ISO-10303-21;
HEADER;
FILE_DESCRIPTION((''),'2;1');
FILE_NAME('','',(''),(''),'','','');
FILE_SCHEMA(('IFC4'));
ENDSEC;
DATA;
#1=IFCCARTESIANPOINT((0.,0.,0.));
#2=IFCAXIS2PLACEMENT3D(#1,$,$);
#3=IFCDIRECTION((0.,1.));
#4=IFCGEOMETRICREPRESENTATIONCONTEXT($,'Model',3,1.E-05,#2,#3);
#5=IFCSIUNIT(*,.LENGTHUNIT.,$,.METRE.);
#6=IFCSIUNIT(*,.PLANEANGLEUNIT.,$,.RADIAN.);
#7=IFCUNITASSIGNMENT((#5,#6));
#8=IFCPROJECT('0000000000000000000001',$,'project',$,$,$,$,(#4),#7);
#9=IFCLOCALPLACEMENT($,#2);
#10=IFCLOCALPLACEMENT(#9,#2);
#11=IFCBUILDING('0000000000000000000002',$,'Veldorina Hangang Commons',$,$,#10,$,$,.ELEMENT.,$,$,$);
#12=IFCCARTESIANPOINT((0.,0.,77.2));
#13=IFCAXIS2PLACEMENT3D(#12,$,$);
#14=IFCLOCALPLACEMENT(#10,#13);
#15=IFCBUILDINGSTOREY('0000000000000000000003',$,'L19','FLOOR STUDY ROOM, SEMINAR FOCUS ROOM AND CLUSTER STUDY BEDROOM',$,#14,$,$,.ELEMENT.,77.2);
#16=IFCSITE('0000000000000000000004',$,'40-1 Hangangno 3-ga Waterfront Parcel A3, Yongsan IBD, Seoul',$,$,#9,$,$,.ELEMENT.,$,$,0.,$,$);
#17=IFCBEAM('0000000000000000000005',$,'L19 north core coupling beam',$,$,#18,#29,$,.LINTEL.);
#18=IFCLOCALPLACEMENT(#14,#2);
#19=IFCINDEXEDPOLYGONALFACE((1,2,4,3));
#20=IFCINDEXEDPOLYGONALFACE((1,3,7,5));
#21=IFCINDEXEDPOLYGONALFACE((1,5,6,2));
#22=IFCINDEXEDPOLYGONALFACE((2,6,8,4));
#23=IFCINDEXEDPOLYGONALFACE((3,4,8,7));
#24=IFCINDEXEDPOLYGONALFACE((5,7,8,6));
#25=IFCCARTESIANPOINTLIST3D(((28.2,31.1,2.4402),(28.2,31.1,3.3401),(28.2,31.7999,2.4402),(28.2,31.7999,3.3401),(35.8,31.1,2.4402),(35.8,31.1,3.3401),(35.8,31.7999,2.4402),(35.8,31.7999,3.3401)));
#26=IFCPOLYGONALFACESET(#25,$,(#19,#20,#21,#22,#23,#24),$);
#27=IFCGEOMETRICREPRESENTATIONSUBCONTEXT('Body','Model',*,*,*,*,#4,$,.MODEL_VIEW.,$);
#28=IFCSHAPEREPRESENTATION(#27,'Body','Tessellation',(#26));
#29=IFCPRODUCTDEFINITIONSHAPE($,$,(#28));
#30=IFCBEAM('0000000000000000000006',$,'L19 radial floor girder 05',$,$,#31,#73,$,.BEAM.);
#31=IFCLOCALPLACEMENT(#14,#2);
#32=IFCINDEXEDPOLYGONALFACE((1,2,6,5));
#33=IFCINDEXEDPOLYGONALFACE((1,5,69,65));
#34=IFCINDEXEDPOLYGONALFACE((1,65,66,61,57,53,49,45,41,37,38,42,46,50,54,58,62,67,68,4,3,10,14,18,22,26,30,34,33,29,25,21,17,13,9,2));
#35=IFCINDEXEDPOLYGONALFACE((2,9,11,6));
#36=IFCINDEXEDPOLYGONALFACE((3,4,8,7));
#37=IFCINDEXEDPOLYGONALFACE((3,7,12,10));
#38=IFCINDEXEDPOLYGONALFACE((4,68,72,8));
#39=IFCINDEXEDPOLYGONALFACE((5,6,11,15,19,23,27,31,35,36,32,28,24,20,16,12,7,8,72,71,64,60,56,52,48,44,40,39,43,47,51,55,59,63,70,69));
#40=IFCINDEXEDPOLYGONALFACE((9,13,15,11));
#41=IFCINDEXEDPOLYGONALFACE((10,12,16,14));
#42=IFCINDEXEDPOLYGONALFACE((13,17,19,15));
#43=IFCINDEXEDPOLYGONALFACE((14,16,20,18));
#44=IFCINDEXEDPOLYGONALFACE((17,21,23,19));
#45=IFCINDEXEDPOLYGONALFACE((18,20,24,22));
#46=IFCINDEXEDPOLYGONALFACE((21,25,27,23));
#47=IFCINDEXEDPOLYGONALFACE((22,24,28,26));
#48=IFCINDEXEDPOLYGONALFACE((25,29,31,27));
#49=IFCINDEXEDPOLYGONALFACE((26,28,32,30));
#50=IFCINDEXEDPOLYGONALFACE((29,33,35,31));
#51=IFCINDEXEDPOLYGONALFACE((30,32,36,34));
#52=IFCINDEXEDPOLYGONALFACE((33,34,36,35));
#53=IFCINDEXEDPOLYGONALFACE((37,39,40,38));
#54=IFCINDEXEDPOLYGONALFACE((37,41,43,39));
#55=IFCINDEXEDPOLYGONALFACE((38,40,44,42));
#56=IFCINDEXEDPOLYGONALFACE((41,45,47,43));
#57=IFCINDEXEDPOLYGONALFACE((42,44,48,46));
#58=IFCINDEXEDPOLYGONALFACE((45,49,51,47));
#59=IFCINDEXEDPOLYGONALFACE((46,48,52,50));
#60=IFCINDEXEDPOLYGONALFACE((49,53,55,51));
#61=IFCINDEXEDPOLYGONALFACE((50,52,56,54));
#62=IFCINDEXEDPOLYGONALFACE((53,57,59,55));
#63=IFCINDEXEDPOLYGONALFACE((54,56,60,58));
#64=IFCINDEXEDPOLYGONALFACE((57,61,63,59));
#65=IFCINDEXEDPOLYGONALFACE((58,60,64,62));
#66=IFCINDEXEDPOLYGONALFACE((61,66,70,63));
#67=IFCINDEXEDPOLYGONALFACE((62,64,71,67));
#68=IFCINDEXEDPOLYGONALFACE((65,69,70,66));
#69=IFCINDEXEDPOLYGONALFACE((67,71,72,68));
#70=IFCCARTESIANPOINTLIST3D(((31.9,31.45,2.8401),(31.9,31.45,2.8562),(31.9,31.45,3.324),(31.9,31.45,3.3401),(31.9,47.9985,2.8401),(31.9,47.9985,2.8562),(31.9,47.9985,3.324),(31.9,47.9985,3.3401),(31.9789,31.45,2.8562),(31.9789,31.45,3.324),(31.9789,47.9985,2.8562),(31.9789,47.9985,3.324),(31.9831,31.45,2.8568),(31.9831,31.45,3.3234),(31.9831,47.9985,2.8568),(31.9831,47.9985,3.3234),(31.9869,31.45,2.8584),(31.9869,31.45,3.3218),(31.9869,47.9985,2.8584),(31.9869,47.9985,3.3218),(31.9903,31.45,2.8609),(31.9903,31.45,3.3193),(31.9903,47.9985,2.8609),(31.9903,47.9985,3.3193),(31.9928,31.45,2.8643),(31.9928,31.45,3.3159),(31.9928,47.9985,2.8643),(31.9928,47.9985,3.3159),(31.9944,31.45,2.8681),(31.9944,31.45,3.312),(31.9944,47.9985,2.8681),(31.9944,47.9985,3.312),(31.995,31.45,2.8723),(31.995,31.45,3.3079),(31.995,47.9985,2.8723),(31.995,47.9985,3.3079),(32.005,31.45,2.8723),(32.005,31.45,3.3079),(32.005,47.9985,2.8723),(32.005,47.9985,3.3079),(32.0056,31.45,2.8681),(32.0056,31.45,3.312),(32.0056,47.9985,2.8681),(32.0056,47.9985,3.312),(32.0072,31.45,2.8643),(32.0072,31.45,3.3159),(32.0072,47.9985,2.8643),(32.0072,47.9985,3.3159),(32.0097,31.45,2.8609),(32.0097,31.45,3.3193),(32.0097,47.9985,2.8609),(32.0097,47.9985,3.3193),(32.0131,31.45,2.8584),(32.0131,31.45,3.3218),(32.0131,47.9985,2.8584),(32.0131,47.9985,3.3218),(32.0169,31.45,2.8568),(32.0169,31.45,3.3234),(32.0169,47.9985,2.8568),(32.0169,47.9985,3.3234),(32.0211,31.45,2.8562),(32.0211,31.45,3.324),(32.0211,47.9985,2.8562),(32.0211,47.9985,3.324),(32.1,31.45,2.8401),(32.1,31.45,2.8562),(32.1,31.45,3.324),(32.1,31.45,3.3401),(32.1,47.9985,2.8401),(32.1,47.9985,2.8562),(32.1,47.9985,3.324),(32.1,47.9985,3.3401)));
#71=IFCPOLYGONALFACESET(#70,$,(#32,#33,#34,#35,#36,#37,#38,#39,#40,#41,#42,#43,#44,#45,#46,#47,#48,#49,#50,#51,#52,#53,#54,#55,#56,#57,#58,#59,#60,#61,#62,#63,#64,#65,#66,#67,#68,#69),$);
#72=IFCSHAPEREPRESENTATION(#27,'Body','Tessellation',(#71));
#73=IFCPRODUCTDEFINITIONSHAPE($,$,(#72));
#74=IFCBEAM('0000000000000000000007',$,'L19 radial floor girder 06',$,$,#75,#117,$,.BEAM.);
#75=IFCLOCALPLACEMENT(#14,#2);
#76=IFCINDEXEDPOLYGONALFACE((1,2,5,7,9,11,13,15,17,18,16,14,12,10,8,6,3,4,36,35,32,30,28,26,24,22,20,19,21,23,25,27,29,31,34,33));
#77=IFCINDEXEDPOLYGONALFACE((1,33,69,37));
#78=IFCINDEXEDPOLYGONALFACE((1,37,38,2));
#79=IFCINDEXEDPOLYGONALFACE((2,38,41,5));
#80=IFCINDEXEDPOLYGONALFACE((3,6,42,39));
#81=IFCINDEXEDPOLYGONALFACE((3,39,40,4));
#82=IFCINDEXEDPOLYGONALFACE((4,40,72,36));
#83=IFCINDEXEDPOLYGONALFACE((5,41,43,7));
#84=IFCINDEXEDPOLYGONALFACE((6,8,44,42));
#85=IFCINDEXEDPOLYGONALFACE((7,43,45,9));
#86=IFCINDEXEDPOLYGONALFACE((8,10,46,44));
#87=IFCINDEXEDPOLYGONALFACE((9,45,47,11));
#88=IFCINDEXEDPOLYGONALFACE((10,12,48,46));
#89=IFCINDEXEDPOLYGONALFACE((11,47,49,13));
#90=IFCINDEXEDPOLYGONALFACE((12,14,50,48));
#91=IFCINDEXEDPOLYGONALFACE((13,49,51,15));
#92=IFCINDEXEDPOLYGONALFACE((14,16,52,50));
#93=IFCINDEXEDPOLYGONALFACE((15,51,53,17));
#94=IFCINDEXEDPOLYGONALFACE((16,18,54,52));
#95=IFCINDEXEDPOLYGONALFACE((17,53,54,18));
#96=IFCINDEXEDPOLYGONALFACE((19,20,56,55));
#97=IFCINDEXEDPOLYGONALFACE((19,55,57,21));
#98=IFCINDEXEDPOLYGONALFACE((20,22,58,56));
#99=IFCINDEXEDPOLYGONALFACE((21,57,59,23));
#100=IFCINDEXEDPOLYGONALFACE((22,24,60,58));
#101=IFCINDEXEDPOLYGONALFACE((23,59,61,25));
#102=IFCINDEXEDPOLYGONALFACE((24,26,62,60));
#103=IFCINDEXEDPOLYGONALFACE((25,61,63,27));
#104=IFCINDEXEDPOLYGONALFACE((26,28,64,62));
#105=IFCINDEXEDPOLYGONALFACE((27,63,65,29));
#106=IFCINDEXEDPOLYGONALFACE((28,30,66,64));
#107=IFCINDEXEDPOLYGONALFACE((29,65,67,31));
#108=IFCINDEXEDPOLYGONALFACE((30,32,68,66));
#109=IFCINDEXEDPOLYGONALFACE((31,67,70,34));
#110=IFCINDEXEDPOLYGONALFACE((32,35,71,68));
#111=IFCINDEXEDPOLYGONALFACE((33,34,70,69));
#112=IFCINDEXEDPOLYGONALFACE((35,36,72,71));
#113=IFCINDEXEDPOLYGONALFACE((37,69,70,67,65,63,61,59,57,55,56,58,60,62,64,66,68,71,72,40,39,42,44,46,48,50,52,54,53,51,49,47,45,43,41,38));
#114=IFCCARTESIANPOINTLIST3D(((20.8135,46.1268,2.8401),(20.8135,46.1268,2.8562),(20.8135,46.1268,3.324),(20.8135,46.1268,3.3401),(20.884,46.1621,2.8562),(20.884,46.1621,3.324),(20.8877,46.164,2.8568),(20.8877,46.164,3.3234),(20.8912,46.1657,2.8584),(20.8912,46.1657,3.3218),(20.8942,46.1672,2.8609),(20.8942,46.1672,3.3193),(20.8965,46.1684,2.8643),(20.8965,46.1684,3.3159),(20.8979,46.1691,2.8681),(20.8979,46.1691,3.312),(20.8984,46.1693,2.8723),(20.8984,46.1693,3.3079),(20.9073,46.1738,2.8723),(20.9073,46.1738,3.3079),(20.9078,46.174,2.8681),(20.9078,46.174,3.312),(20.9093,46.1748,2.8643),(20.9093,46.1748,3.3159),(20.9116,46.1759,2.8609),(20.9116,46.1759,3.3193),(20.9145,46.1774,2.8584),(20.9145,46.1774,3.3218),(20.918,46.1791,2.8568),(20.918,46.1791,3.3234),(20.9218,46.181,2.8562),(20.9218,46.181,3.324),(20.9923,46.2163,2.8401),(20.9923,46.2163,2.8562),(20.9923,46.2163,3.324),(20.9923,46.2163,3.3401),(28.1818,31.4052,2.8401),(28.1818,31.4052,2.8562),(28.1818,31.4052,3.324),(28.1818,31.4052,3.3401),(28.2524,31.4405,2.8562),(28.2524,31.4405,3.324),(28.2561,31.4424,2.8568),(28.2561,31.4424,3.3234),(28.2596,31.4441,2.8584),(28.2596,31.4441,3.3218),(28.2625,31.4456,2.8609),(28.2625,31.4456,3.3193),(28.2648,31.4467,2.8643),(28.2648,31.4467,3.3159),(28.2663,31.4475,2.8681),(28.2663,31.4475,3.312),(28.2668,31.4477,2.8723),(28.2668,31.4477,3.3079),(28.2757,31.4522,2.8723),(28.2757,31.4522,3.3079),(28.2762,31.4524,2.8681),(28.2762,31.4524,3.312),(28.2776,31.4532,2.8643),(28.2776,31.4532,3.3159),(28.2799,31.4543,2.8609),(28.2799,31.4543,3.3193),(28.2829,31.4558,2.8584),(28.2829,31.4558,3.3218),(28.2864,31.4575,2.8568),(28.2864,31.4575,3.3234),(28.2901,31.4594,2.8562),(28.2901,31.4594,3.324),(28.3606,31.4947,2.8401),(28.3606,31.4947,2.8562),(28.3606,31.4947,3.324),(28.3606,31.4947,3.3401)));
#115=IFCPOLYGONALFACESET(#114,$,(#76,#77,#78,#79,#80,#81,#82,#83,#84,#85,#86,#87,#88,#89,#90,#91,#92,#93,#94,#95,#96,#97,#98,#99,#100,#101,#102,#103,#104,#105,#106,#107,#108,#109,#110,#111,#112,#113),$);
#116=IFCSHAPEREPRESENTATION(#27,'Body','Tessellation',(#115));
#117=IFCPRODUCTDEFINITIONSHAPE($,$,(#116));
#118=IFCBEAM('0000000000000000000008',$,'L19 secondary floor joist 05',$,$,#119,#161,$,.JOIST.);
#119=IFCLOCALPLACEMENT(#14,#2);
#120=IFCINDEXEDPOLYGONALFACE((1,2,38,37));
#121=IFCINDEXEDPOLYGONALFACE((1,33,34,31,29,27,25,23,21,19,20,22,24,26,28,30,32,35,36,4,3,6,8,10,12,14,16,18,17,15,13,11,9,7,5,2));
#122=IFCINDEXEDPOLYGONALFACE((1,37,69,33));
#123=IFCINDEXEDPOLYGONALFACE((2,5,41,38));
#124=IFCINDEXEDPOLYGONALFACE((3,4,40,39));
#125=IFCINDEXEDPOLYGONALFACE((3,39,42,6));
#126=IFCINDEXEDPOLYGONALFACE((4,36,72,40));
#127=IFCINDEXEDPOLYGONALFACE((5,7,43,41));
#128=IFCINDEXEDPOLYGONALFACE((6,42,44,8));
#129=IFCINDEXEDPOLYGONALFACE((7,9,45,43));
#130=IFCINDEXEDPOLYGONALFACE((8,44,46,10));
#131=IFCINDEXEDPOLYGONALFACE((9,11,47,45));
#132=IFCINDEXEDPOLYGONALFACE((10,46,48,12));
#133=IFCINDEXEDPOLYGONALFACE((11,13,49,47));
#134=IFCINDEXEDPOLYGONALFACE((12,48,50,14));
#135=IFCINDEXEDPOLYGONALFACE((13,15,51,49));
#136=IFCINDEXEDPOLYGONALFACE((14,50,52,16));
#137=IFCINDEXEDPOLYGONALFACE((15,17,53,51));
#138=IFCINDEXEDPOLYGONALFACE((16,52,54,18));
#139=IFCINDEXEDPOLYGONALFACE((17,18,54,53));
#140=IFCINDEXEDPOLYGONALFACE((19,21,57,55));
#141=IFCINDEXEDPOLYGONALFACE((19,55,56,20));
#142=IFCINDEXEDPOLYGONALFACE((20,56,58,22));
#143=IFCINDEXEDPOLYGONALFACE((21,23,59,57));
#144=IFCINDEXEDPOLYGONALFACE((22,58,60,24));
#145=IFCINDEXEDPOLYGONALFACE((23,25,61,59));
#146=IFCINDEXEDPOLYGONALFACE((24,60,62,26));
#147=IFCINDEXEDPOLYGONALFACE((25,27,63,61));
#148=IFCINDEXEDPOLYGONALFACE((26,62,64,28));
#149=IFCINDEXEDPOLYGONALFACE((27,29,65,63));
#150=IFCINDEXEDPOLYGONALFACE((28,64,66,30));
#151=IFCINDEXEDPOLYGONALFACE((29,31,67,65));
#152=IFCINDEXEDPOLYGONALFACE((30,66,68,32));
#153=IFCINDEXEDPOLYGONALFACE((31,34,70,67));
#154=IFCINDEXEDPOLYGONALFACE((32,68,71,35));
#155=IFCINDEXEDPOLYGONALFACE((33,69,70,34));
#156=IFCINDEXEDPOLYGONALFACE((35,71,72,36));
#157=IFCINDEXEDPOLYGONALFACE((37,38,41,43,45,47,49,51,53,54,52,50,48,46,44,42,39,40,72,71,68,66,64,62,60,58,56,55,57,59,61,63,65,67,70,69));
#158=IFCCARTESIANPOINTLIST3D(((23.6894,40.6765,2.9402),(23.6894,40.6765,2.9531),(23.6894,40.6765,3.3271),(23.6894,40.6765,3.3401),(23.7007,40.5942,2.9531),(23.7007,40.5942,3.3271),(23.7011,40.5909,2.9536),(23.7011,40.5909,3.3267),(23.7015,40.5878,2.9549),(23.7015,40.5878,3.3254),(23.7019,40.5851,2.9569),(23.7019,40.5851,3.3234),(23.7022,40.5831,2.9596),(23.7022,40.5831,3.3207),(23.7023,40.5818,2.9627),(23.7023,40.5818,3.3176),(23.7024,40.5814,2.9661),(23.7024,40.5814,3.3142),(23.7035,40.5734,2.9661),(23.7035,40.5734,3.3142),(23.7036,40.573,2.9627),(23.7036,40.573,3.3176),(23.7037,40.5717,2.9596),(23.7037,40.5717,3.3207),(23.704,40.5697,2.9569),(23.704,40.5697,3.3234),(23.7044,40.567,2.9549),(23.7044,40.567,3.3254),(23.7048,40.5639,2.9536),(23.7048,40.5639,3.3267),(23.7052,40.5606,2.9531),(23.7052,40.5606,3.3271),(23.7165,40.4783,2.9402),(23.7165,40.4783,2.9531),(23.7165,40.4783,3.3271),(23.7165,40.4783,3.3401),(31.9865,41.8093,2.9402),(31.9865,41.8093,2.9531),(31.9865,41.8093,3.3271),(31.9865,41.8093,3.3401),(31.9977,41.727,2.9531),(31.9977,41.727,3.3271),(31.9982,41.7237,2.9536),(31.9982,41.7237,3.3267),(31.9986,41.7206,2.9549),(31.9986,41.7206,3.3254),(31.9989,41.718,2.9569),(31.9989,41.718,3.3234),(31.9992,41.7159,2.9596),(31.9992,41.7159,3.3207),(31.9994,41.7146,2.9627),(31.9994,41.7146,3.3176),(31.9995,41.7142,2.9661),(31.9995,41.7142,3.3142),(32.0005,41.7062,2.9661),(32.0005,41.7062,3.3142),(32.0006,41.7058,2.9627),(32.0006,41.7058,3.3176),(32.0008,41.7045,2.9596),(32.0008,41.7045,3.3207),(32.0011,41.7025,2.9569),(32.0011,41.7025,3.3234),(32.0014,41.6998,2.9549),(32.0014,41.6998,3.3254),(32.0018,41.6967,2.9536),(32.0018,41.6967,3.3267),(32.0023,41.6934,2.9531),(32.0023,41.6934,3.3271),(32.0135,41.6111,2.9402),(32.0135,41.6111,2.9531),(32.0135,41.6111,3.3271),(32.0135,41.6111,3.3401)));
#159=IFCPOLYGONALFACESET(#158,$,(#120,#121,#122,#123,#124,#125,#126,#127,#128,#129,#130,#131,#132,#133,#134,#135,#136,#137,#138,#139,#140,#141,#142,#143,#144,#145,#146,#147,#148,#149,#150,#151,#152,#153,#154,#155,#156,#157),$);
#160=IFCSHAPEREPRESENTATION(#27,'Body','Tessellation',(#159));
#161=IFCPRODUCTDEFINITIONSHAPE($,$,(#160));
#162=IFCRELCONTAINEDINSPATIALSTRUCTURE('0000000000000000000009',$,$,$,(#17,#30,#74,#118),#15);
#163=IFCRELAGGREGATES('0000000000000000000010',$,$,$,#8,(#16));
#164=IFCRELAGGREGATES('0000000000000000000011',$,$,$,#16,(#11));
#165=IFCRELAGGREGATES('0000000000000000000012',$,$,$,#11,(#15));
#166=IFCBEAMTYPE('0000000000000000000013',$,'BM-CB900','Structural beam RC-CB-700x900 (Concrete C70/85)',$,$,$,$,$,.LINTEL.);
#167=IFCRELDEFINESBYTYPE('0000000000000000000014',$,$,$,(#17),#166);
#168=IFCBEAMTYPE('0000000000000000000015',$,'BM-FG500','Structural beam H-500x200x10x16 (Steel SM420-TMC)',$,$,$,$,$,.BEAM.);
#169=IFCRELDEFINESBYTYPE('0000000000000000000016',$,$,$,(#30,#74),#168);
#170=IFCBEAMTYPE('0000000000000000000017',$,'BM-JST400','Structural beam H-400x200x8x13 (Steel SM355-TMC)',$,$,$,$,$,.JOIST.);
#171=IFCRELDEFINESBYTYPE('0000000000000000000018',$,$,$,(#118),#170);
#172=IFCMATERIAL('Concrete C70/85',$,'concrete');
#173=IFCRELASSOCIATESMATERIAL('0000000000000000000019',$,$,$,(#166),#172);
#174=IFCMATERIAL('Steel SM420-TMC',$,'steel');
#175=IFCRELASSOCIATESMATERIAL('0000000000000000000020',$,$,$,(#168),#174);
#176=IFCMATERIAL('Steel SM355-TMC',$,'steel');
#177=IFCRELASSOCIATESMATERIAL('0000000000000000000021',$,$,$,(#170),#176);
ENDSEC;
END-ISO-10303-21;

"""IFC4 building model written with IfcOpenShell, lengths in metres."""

from ifc_helpers import new_model, si_unit, direction, frame, origin, origin_2d, place, context, subcontext, project, spatial, rectangle, i_section, extrude, material, material_profile, profile_set, type_object, element, save


model = new_model("IFC4")

# Units and contexts
model_context = context("Model", 3, precision=1e-05, world=origin(), true_north=direction((0.0, 1.0)))
body_context = subcontext(model_context, "Body", "Model", "MODEL_VIEW")
ifc_project = project(units=[si_unit("LENGTHUNIT", "METRE"), si_unit("PLANEANGLEUNIT", "RADIAN")], contexts=[model_context])

# Site, building, storey
site_placement = place(None, origin())
site = spatial("IfcSite", under=ifc_project, at=site_placement, Name="40-1 Hangangno 3-ga Waterfront Parcel A3, Yongsan IBD, Seoul", CompositionType="ELEMENT", RefElevation=0.0)
building_placement = place(site_placement, origin())
building = spatial("IfcBuilding", under=site, at=building_placement, Name="Veldorina Hangang Commons", CompositionType="ELEMENT")
storey_placement = place(building_placement, frame((0.0, 0.0, 77.2)))
storey = spatial("IfcBuildingStorey", under=building, at=storey_placement, Name="L19", Description="FLOOR STUDY ROOM, SEMINAR FOCUS ROOM AND CLUSTER STUDY BEDROOM", CompositionType="ELEMENT", Elevation=77.2)

# Beams
ifc_material_1 = material(Name="Concrete C70/85", Category="concrete")
ifc_material_profile_1 = material_profile(ifc_material_1, rectangle(XDim=0.7, YDim=0.8999, at=origin_2d()), Name="RC-CB-700x900")
ifc_profile_set_1 = profile_set([ifc_material_profile_1], Name="Concrete C70/85")
beam_type_1 = type_object("IfcBeamType", Name="BM-CB900", Description="Structural beam RC-CB-700x900 (Concrete C70/85)", PredefinedType="LINTEL", material=ifc_profile_set_1)
beam_1_placement = place(storey_placement, frame((28.2, 31.45, 2.8901), z_axis=(1.0, 0.0, 0.0), x_axis=(0.0, 1.0, 0.0)))
element("IfcBeam", 1, at=beam_1_placement, inside=storey, type_object=beam_type_1, Name="L19 north core coupling beam", PredefinedType="LINTEL", context=body_context, shape_type="SweptSolid", body=[
    extrude(rectangle(XDim=0.7, YDim=0.8999, at=origin_2d()), origin(), (0.0, 0.0, 1.0), 7.6001),
])
ifc_material_2 = material(Name="Steel SM420-TMC", Category="steel")
ifc_material_profile_2 = material_profile(ifc_material_2, i_section(OverallWidth=0.2, OverallDepth=0.5, WebThickness=0.01, FlangeThickness=0.0161, FilletRadius=0.0161, at=origin_2d()), Name="H-500x200x10x16")
ifc_profile_set_2 = profile_set([ifc_material_profile_2], Name="Steel SM420-TMC")
beam_type_2 = type_object("IfcBeamType", Name="BM-FG500", Description="Structural beam H-500x200x10x16 (Steel SM420-TMC)", PredefinedType="BEAM", material=ifc_profile_set_2)
beam_2_placement = place(storey_placement, frame((32.0, 31.45, 3.0901), z_axis=(0.0, 1.0, 0.0), x_axis=(-1.0, 0.0, 0.0)))
element("IfcBeam", 2, at=beam_2_placement, inside=storey, type_object=beam_type_2, Name="L19 radial floor girder 05", PredefinedType="BEAM", context=body_context, shape_type="SweptSolid", body=[
    extrude(i_section(OverallWidth=0.2, OverallDepth=0.5, WebThickness=0.01, FlangeThickness=0.0161, FilletRadius=0.0161, at=origin_2d()), origin(), (0.0, 0.0, 1.0), 16.5486),
])
beam_3_placement = place(storey_placement, frame((28.2712, 31.45, 3.0901), z_axis=(-0.447581, 0.894243, 0.0), x_axis=(-0.894243, -0.447581, 0.0)))
element("IfcBeam", 3, at=beam_3_placement, inside=storey, type_object=beam_type_2, Name="L19 radial floor girder 06", PredefinedType="BEAM", context=body_context, shape_type="SweptSolid", body=[
    extrude(i_section(OverallWidth=0.2, OverallDepth=0.5, WebThickness=0.01, FlangeThickness=0.0161, FilletRadius=0.0161, at=origin_2d()), origin(), (0.0, 0.0, 1.0), 16.4626),
])
ifc_material_3 = material(Name="Steel SM355-TMC", Category="steel")
ifc_material_profile_3 = material_profile(ifc_material_3, i_section(OverallWidth=0.2, OverallDepth=0.3999, WebThickness=0.0081, FlangeThickness=0.0129, FilletRadius=0.0129, at=origin_2d()), Name="H-400x200x8x13")
ifc_profile_set_3 = profile_set([ifc_material_profile_3], Name="Steel SM355-TMC")
beam_type_3 = type_object("IfcBeamType", Name="BM-JST400", Description="Structural beam H-400x200x8x13 (Steel SM355-TMC)", PredefinedType="JOIST", material=ifc_profile_set_3)
beam_4_placement = place(storey_placement, frame((32.0, 41.7102, 3.1401), z_axis=(-0.990808, -0.135276, 0.0), x_axis=(0.135276, -0.990808, 0.0)))
element("IfcBeam", 4, at=beam_4_placement, inside=storey, type_object=beam_type_3, Name="L19 secondary floor joist 05", PredefinedType="JOIST", context=body_context, shape_type="SweptSolid", body=[
    extrude(i_section(OverallWidth=0.2, OverallDepth=0.3999, WebThickness=0.0081, FlangeThickness=0.0129, FilletRadius=0.0129, at=origin_2d()), origin(), (0.0, 0.0, 1.0), 8.374),
])

save(model, "model.ifc")
